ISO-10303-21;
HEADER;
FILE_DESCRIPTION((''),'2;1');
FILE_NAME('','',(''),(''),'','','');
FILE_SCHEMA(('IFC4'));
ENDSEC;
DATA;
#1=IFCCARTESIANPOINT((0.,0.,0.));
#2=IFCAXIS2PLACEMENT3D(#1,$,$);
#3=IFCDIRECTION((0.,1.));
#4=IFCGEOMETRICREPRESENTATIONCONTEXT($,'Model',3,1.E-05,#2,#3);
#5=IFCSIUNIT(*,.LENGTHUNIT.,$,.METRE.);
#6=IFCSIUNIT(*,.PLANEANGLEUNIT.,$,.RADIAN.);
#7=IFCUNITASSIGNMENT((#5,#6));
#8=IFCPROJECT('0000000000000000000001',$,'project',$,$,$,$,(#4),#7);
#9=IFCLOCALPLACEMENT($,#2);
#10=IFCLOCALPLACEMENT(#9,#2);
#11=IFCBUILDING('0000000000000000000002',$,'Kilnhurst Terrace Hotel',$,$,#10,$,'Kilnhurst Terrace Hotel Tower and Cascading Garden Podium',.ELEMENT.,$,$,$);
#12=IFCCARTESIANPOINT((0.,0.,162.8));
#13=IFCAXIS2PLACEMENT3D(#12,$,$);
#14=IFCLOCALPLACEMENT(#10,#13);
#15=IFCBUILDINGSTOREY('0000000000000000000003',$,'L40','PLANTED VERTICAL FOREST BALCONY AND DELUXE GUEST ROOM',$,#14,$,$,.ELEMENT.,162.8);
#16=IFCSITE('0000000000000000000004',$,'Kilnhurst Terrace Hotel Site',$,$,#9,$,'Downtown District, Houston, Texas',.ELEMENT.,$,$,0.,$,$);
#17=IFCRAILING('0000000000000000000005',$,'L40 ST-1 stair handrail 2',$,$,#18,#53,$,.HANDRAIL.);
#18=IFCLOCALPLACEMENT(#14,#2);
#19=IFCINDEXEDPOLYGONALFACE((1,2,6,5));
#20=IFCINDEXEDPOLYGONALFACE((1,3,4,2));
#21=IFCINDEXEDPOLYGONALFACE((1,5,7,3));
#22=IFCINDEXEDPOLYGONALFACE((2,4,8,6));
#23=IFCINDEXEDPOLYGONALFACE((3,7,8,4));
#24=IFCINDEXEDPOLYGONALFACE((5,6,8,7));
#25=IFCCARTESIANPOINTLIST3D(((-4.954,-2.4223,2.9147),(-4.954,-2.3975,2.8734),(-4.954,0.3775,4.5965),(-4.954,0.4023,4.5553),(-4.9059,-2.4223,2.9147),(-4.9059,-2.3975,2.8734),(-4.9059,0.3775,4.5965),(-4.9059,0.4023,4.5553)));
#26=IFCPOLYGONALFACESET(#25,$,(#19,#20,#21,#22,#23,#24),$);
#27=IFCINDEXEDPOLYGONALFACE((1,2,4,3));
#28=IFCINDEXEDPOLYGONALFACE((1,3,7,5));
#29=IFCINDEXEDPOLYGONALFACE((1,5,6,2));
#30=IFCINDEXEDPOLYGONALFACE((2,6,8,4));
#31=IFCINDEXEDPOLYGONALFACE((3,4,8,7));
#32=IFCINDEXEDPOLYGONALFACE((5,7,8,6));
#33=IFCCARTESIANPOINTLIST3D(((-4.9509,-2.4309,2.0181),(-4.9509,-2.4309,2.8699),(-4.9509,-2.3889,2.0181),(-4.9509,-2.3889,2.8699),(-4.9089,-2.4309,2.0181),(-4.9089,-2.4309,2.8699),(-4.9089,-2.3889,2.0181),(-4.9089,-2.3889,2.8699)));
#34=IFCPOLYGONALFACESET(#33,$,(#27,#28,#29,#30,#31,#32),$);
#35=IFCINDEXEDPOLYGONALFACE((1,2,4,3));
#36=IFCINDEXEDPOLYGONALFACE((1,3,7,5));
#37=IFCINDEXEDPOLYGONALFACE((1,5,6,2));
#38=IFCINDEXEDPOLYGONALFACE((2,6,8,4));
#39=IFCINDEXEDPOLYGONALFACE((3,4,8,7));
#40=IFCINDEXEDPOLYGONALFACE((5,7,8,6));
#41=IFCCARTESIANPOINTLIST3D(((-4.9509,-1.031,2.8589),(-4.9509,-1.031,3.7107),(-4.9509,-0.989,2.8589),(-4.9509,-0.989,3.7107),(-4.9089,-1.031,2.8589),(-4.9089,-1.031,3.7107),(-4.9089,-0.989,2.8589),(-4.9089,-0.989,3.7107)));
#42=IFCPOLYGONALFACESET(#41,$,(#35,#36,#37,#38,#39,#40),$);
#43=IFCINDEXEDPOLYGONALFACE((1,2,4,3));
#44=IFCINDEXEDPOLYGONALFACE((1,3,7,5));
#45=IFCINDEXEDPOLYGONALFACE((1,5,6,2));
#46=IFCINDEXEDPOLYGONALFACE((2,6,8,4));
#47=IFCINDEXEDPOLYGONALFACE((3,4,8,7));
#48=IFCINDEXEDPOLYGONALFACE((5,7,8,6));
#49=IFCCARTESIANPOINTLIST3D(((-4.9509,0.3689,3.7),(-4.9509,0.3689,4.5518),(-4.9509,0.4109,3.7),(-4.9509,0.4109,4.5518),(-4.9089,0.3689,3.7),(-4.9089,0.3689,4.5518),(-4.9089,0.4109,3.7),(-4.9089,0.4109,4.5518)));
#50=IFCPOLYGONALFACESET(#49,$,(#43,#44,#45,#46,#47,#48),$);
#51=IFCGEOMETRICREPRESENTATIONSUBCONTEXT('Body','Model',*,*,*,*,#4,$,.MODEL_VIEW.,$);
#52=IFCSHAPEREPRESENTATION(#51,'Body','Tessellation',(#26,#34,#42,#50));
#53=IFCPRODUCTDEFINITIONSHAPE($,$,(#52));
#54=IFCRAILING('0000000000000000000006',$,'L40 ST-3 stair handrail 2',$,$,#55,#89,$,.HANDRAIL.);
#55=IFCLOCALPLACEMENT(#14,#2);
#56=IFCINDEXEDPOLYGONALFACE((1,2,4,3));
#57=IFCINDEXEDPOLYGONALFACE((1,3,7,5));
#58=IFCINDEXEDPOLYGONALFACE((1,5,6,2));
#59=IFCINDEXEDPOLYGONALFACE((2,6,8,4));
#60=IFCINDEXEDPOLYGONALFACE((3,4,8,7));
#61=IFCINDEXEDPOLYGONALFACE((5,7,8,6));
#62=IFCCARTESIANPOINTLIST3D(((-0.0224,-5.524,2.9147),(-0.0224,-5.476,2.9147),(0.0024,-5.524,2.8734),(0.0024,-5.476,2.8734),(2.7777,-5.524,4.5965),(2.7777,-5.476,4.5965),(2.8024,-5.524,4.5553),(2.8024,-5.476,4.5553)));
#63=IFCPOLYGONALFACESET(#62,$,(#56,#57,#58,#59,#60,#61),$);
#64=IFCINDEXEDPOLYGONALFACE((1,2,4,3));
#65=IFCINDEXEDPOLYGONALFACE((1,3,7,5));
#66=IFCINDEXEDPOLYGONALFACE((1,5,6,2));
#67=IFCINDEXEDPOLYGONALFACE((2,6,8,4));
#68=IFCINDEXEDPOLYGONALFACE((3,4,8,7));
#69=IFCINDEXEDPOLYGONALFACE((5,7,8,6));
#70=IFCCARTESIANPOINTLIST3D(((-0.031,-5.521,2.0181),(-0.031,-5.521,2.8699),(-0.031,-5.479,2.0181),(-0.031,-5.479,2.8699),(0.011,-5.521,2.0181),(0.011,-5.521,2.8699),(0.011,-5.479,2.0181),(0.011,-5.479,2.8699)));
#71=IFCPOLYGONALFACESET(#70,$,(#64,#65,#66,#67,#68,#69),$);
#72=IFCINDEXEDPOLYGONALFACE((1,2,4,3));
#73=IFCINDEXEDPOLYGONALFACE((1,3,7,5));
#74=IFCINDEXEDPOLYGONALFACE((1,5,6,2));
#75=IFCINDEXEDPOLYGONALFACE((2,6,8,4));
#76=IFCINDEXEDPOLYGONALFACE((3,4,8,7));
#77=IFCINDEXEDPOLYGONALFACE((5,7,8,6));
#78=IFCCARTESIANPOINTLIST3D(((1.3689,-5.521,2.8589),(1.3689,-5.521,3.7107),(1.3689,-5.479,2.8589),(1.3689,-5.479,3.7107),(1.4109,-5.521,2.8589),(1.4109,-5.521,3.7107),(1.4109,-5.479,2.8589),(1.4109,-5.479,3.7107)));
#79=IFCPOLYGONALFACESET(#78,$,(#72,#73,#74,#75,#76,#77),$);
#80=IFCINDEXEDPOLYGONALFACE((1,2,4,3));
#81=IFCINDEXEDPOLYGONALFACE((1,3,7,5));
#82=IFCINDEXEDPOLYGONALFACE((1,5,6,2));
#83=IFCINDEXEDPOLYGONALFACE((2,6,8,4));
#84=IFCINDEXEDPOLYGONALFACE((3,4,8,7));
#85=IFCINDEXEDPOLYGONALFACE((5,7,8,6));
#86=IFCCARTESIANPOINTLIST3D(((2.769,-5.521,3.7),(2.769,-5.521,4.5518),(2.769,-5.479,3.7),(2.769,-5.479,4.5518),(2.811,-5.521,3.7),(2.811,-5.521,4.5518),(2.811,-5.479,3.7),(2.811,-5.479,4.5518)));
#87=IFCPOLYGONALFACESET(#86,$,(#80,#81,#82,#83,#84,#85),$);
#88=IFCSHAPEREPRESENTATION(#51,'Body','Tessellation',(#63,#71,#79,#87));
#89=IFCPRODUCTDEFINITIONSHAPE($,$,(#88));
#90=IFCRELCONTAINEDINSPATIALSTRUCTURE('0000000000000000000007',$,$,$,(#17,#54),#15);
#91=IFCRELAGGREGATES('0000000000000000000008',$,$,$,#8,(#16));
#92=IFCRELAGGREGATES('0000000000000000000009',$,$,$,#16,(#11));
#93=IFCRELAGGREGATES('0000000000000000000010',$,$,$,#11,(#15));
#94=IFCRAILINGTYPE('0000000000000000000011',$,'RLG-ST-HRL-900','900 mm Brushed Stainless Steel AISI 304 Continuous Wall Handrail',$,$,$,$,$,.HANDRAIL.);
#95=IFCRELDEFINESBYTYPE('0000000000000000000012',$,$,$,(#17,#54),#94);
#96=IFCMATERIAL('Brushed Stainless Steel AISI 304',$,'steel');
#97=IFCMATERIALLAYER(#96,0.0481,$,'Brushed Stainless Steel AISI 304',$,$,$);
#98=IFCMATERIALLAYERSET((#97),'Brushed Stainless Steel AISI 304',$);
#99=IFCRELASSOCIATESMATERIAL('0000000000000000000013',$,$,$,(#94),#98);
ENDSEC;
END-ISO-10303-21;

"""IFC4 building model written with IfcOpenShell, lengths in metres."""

from ifc_helpers import new_model, si_unit, direction, frame, origin, origin_2d, place, context, subcontext, project, spatial, rectangle, extrude, material, layer, layer_set, type_object, element, save


model = new_model("IFC4")

# Units and contexts
model_context = context("Model", 3, precision=1e-05, world=origin(), true_north=direction((0.0, 1.0)))
body_context = subcontext(model_context, "Body", "Model", "MODEL_VIEW")
ifc_project = project(units=[si_unit("LENGTHUNIT", "METRE"), si_unit("PLANEANGLEUNIT", "RADIAN")], contexts=[model_context])

# Site, building, storey
site_placement = place(None, origin())
site = spatial("IfcSite", under=ifc_project, at=site_placement, Name="Kilnhurst Terrace Hotel Site", LongName="Downtown District, Houston, Texas", CompositionType="ELEMENT", RefElevation=0.0)
building_placement = place(site_placement, origin())
building = spatial("IfcBuilding", under=site, at=building_placement, Name="Kilnhurst Terrace Hotel", LongName="Kilnhurst Terrace Hotel Tower and Cascading Garden Podium", CompositionType="ELEMENT")
storey_placement = place(building_placement, frame((0.0, 0.0, 162.8)))
storey = spatial("IfcBuildingStorey", under=building, at=storey_placement, Name="L40", Description="PLANTED VERTICAL FOREST BALCONY AND DELUXE GUEST ROOM", CompositionType="ELEMENT", Elevation=162.8)

# Railings
ifc_material_1 = material(Name="Brushed Stainless Steel AISI 304", Category="steel")
ifc_layer_1 = layer(ifc_material_1, 0.0481, Name="Brushed Stainless Steel AISI 304")
ifc_layer_set_1 = layer_set([ifc_layer_1], Name="Brushed Stainless Steel AISI 304")
railing_type_1 = type_object("IfcRailingType", Name="RLG-ST-HRL-900", Description="900 mm Brushed Stainless Steel AISI 304 Continuous Wall Handrail", PredefinedType="HANDRAIL", material=ifc_layer_set_1)
railing_1_placement = place(storey_placement, frame((-4.9299, -2.4099, 2.0181)))
element("IfcRailing", 1, at=railing_1_placement, inside=storey, type_object=railing_type_1, Name="L40 ST-1 stair handrail 2", PredefinedType="HANDRAIL", context=body_context, shape_type="SweptSolid", body=[
    extrude(rectangle(XDim=0.0481, YDim=0.0481, at=origin_2d()), frame((0.0, 0.0, 0.876), z_axis=(0.0, 0.857222, 0.514946), x_axis=(-1.0, 0.0, 0.0)), (0.0, 0.0, 1.0), 3.2661),
    extrude(rectangle(XDim=0.042, YDim=0.042, at=origin_2d()), origin(), (0.0, 0.0, 1.0), 0.8518),
    extrude(rectangle(XDim=0.042, YDim=0.042, at=origin_2d()), frame((0.0, 1.3999, 0.8408)), (0.0, 0.0, 1.0), 0.8518),
    extrude(rectangle(XDim=0.042, YDim=0.042, at=origin_2d()), frame((0.0, 2.7998, 1.6819)), (0.0, 0.0, 1.0), 0.8518),
])
railing_2_placement = place(storey_placement, frame((-0.01, -5.5, 2.0181)))
element("IfcRailing", 2, at=railing_2_placement, inside=storey, type_object=railing_type_1, Name="L40 ST-3 stair handrail 2", PredefinedType="HANDRAIL", context=body_context, shape_type="SweptSolid", body=[
    extrude(rectangle(XDim=0.0481, YDim=0.0481, at=origin_2d()), frame((0.0, 0.0, 0.876), z_axis=(0.857242, 0.0, 0.514913), x_axis=(0.0, 1.0, 0.0)), (0.0, 0.0, 1.0), 3.2664),
    extrude(rectangle(XDim=0.042, YDim=0.042, at=origin_2d()), origin(), (0.0, 0.0, 1.0), 0.8518),
    extrude(rectangle(XDim=0.042, YDim=0.042, at=origin_2d()), frame((1.3999, 0.0, 0.8408)), (0.0, 0.0, 1.0), 0.8518),
    extrude(rectangle(XDim=0.042, YDim=0.042, at=origin_2d()), frame((2.8, 0.0, 1.6819)), (0.0, 0.0, 1.0), 0.8518),
])

save(model, "model.ifc")
